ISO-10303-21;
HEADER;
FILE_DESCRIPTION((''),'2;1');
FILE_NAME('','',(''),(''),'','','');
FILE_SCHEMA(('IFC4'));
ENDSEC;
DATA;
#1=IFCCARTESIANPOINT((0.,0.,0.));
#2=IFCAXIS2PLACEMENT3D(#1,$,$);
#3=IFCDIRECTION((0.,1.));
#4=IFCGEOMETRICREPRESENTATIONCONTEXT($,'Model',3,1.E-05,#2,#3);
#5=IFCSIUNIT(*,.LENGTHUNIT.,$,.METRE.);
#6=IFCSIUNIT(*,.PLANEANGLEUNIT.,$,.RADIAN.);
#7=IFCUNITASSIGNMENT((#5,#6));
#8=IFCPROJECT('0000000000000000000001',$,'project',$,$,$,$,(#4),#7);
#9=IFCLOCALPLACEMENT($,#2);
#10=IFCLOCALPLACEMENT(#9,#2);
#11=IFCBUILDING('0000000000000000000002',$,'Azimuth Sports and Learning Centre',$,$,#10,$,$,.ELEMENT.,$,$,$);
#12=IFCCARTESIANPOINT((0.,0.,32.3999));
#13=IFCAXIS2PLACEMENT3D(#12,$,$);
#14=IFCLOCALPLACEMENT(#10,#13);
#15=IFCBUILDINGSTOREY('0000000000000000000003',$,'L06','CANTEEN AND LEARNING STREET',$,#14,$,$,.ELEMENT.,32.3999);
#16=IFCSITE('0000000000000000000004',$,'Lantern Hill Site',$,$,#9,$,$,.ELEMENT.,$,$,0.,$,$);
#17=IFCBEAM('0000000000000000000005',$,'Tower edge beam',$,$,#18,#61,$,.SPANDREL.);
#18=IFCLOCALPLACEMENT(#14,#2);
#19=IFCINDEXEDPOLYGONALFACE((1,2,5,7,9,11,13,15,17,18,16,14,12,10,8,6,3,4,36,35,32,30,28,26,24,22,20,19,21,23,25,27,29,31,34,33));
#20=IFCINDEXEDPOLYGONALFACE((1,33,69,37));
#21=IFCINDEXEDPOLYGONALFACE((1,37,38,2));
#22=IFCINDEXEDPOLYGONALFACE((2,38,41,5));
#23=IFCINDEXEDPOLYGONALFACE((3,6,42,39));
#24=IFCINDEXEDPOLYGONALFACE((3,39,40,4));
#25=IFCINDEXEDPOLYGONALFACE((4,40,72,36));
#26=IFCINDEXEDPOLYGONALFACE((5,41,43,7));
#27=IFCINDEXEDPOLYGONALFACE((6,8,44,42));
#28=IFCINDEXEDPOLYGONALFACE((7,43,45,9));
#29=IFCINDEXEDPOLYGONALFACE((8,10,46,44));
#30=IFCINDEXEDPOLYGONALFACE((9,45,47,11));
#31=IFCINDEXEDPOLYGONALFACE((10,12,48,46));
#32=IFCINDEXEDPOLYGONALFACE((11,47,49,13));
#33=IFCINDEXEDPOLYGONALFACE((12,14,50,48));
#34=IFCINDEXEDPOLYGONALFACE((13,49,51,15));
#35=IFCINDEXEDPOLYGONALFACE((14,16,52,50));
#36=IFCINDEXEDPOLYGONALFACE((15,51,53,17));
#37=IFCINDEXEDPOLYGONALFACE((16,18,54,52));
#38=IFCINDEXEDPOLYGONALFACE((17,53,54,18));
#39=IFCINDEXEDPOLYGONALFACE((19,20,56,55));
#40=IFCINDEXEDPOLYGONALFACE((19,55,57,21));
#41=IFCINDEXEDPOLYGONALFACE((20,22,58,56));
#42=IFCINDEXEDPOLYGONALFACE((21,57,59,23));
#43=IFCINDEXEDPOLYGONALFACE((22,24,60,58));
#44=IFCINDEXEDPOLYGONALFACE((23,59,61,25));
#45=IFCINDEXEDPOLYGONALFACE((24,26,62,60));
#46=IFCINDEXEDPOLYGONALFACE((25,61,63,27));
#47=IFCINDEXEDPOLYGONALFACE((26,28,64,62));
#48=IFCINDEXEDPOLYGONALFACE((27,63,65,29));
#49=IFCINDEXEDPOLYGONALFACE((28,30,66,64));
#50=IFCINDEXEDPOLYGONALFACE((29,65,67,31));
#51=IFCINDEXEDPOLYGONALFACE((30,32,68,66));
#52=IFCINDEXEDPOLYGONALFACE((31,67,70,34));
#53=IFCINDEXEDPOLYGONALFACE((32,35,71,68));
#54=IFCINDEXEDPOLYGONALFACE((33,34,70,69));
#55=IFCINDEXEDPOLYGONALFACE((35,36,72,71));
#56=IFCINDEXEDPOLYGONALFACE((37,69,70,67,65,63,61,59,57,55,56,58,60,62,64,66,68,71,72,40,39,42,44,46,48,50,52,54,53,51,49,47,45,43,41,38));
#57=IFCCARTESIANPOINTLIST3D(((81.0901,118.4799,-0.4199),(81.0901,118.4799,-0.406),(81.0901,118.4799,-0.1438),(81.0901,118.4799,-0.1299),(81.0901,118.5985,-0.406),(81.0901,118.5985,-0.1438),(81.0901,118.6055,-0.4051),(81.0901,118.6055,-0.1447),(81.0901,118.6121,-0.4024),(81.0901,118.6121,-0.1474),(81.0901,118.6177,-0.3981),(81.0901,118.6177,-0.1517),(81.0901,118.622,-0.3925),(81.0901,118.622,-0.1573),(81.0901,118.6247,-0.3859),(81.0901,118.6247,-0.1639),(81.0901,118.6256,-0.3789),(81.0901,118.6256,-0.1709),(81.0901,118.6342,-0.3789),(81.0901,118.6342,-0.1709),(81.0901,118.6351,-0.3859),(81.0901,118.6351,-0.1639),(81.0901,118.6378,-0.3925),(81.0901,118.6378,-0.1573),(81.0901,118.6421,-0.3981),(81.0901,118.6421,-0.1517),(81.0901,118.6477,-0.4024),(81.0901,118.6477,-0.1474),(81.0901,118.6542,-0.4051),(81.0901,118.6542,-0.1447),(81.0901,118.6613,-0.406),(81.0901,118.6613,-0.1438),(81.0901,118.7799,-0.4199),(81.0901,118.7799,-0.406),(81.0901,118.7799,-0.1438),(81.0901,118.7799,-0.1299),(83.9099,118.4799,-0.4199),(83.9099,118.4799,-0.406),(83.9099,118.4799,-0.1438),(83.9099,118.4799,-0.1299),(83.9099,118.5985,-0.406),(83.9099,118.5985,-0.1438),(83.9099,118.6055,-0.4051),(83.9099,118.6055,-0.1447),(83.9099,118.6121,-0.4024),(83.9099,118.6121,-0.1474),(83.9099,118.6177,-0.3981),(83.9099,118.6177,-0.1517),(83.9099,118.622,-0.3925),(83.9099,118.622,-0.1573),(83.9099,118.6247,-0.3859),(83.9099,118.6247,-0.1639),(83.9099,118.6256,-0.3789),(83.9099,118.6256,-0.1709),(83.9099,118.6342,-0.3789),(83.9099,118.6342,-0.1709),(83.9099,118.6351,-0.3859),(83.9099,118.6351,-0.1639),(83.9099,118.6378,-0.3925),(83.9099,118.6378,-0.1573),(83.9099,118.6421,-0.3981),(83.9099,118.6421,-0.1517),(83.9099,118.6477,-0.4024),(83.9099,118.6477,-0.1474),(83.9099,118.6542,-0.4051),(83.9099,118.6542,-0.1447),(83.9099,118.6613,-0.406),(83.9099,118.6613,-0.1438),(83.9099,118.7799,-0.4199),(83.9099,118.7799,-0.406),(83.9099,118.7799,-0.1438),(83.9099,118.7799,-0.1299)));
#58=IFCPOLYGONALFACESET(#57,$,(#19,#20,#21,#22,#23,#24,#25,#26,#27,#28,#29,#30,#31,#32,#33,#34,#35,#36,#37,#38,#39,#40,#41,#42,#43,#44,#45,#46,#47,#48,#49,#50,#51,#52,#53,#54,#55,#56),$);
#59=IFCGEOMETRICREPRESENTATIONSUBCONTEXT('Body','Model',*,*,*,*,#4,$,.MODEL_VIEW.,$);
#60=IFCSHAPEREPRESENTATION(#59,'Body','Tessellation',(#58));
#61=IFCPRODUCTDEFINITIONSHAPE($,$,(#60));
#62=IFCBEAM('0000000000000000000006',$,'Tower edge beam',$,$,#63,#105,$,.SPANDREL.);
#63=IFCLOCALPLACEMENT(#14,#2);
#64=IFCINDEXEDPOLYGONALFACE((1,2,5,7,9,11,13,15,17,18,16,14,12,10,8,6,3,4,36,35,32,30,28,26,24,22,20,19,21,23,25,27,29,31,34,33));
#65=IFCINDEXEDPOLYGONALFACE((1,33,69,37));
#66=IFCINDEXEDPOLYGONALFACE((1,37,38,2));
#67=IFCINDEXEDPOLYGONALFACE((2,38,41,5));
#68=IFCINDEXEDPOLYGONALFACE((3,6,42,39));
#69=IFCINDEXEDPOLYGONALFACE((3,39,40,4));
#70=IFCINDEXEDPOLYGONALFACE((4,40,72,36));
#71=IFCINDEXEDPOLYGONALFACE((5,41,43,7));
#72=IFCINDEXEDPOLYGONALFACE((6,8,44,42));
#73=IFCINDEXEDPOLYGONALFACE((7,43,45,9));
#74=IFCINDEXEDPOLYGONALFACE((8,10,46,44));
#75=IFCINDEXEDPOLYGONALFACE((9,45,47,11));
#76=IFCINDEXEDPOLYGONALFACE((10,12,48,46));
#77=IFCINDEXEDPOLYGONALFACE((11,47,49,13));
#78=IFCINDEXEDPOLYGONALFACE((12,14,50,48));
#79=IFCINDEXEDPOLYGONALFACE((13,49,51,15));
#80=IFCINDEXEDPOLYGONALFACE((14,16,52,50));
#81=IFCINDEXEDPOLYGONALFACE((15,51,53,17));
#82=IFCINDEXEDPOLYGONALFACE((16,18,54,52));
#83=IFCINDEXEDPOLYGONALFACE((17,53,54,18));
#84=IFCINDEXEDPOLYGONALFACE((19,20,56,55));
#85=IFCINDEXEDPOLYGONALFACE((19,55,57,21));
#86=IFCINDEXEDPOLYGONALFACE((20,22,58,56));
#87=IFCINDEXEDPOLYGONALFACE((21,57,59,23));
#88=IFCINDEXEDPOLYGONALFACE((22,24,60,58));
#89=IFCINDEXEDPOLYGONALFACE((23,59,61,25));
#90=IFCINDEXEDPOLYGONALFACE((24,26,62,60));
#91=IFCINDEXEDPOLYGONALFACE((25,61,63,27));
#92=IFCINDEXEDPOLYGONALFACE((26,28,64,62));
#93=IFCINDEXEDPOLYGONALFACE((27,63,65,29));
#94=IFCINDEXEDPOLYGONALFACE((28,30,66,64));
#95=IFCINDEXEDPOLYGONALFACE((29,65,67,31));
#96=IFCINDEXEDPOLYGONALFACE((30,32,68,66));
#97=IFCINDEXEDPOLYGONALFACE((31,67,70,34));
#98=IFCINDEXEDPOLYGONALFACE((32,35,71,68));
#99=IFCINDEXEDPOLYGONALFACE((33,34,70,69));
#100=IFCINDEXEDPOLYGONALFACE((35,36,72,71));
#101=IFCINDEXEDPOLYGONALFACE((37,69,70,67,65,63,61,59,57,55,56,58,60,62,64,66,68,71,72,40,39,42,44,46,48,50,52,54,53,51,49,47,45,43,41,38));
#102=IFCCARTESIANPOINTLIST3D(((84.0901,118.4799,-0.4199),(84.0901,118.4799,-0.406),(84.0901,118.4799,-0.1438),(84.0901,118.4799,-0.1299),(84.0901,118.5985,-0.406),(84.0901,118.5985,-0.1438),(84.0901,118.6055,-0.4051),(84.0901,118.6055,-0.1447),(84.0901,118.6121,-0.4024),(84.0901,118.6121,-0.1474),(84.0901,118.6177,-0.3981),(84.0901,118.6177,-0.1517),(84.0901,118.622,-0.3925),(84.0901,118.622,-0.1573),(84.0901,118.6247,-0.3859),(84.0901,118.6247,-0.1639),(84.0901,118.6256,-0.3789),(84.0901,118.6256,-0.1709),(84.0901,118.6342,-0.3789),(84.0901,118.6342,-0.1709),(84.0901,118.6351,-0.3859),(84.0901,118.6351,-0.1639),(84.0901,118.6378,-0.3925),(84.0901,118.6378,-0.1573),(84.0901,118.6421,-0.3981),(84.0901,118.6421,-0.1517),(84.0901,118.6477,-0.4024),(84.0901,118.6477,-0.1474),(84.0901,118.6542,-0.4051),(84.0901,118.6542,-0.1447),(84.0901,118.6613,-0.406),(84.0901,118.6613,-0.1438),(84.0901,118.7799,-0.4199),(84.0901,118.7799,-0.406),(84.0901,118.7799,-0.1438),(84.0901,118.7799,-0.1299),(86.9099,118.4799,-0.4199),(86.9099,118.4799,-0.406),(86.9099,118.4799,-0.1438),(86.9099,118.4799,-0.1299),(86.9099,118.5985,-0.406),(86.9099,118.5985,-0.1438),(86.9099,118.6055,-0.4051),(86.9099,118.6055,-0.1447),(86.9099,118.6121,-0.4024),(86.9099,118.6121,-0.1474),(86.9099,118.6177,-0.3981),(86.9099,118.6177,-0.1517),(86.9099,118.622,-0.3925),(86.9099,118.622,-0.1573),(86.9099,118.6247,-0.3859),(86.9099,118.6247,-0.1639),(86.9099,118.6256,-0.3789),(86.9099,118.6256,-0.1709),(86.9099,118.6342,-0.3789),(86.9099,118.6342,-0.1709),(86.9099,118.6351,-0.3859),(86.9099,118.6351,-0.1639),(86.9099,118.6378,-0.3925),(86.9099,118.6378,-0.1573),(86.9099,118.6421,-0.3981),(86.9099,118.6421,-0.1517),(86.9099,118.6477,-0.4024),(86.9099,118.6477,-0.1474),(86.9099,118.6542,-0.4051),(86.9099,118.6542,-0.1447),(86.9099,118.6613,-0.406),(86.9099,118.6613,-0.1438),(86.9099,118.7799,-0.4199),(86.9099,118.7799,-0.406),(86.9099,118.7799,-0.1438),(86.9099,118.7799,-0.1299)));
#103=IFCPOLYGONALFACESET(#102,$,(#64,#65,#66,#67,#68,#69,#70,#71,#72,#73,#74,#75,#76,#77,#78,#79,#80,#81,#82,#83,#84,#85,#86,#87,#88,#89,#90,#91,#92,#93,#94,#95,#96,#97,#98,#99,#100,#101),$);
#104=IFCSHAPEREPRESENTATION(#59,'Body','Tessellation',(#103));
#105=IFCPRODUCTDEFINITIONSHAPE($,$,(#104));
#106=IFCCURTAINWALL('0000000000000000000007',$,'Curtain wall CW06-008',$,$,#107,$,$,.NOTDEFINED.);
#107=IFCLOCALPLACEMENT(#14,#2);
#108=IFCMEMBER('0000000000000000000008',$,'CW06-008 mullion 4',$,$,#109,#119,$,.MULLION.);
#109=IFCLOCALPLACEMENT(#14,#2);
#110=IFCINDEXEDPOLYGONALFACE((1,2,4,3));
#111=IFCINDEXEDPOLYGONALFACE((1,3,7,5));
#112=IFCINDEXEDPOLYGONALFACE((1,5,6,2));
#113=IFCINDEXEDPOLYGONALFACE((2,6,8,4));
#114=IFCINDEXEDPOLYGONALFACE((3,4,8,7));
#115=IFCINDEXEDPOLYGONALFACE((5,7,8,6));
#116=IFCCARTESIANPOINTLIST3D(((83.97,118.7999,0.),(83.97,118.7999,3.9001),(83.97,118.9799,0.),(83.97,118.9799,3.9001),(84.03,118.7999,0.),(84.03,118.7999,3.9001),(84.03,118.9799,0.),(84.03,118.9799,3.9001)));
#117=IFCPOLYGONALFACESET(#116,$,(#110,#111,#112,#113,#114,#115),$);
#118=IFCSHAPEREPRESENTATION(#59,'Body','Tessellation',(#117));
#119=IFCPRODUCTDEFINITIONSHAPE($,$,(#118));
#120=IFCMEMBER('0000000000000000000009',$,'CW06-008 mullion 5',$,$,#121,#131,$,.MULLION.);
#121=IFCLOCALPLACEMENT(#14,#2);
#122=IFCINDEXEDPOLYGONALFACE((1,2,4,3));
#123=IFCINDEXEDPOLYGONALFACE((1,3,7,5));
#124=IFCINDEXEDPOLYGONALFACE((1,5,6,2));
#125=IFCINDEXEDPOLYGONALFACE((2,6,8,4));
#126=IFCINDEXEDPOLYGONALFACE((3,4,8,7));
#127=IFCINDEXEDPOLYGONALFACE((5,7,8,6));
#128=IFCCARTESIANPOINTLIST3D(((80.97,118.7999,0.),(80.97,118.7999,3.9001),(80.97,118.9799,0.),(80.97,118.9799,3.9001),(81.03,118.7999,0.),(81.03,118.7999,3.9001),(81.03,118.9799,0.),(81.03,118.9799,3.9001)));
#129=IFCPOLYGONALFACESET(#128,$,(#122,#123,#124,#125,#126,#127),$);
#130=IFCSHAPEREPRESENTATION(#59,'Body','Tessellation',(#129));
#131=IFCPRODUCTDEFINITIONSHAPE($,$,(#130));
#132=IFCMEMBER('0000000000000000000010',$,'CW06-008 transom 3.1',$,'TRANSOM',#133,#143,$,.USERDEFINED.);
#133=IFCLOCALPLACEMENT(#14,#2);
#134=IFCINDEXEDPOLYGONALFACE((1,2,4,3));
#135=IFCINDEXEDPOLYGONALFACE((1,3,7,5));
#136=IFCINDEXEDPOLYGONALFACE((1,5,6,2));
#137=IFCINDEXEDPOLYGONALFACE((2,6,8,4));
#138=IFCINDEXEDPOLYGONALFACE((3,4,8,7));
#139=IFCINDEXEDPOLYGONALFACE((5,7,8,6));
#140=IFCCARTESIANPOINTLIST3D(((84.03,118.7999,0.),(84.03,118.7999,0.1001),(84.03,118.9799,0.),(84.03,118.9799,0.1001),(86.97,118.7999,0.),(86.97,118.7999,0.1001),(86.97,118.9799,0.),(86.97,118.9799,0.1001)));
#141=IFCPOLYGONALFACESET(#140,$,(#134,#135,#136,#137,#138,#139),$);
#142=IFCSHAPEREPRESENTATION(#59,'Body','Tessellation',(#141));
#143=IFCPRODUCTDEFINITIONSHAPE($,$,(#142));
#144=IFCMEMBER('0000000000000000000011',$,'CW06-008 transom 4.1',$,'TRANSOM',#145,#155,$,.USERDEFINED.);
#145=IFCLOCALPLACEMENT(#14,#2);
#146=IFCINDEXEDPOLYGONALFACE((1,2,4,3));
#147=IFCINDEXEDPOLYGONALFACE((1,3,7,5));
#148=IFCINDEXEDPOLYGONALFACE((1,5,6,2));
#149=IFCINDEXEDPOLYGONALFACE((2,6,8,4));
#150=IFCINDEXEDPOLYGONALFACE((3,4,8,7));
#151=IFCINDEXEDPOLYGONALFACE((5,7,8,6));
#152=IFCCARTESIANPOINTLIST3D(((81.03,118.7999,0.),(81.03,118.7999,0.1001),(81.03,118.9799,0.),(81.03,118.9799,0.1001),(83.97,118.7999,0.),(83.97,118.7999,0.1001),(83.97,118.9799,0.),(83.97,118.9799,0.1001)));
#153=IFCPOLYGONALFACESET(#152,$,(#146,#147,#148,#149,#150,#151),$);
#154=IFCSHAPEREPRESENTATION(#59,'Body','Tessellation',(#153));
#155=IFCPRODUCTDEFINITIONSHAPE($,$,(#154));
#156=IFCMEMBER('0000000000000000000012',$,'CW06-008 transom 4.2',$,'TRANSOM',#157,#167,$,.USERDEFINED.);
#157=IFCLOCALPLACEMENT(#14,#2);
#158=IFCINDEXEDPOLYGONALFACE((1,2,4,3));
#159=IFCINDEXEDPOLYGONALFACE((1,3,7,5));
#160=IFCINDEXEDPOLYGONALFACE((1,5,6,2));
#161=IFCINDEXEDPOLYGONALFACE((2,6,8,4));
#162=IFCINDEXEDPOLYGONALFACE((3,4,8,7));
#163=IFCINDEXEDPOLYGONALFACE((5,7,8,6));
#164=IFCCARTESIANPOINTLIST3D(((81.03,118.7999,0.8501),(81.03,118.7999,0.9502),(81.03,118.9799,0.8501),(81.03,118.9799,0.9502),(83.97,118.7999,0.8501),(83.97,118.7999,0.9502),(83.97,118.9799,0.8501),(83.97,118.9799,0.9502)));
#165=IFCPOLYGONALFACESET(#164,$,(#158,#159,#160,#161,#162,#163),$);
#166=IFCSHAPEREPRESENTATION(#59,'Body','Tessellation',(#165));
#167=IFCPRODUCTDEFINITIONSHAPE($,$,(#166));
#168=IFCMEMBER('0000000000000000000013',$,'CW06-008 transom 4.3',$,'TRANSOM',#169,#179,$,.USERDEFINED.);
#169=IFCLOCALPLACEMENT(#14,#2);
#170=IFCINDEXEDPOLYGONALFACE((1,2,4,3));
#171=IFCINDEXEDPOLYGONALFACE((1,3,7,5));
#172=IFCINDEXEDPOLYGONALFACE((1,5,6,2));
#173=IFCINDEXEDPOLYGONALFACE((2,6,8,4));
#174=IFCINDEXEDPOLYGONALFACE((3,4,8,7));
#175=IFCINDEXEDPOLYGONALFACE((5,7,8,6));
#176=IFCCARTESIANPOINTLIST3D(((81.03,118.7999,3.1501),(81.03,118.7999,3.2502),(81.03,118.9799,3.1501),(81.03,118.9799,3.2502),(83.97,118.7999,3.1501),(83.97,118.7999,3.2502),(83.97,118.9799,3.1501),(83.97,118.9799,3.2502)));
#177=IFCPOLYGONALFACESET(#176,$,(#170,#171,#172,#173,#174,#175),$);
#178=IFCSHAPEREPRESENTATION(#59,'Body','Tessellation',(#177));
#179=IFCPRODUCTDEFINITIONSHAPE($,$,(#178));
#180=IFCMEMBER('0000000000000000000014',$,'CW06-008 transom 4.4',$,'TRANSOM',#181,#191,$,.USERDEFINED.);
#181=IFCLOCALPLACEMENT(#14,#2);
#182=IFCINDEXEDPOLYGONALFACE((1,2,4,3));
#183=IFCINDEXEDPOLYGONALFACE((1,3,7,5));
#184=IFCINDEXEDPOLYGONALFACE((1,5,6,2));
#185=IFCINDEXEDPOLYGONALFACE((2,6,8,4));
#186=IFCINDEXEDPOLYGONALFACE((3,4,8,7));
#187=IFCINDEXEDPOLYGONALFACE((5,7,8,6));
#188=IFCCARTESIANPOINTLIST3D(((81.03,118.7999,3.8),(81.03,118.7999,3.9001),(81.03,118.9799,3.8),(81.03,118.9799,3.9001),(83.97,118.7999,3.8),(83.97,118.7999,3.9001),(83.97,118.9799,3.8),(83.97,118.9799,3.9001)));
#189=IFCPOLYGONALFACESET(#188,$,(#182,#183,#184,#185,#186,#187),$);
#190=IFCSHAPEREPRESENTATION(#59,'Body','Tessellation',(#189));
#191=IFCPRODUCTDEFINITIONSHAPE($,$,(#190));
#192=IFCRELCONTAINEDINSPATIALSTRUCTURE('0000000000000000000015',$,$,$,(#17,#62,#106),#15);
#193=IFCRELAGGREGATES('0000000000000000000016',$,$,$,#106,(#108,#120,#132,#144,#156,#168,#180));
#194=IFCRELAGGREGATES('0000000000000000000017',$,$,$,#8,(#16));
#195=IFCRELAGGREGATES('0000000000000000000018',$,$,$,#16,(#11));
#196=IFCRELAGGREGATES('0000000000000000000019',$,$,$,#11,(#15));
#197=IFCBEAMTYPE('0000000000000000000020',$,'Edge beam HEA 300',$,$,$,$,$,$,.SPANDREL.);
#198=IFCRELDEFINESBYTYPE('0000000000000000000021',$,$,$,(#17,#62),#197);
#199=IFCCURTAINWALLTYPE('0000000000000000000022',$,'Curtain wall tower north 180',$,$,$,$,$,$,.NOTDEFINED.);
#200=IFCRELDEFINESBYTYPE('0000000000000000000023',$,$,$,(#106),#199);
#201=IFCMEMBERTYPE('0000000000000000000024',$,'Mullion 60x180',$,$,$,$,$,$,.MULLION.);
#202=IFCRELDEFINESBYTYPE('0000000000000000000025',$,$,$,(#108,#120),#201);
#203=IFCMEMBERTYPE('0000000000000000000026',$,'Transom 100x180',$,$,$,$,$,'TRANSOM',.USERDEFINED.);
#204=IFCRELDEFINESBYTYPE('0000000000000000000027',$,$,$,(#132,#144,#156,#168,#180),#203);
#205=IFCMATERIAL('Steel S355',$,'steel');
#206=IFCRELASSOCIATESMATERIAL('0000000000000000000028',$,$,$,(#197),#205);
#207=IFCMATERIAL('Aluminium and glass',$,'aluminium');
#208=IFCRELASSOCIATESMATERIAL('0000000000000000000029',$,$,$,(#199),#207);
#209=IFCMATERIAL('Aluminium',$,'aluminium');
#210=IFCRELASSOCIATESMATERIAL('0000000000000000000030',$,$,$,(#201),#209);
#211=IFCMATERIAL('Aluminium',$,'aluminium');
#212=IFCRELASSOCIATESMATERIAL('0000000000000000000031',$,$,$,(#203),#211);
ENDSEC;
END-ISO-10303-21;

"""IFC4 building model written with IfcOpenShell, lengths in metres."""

from ifc_helpers import new_model, si_unit, direction, frame, origin, origin_2d, place, context, subcontext, project, spatial, rectangle, i_section, extrude, material, material_profile, profile_set, type_object, element, aggregate, save


model = new_model("IFC4")

# Units and contexts
model_context = context("Model", 3, precision=1e-05, world=origin(), true_north=direction((0.0, 1.0)))
body_context = subcontext(model_context, "Body", "Model", "MODEL_VIEW")
ifc_project = project(units=[si_unit("LENGTHUNIT", "METRE"), si_unit("PLANEANGLEUNIT", "RADIAN")], contexts=[model_context])

# Site, building, storey
site_placement = place(None, origin())
site = spatial("IfcSite", under=ifc_project, at=site_placement, Name="Lantern Hill Site", CompositionType="ELEMENT", RefElevation=0.0)
building_placement = place(site_placement, origin())
building = spatial("IfcBuilding", under=site, at=building_placement, Name="Azimuth Sports and Learning Centre", CompositionType="ELEMENT")
storey_placement = place(building_placement, frame((0.0, 0.0, 32.3999)))
storey = spatial("IfcBuildingStorey", under=building, at=storey_placement, Name="L06", Description="CANTEEN AND LEARNING STREET", CompositionType="ELEMENT", Elevation=32.3999)

# Beams
ifc_material_1 = material(Name="Steel S355", Category="steel")
ifc_material_profile_1 = material_profile(ifc_material_1, i_section(OverallWidth=0.3, OverallDepth=0.29, WebThickness=0.0085, FlangeThickness=0.0139, FilletRadius=0.0271, at=origin_2d()), Name="HEA 300")
ifc_profile_set_1 = profile_set([ifc_material_profile_1], Name="Steel S355")
beam_type = type_object("IfcBeamType", Name="Edge beam HEA 300", PredefinedType="SPANDREL", material=ifc_profile_set_1)
for number, where, z_axis, x_axis, name in (
    (1, (81.0901, 118.6299, -0.2749), (1.0, 0.0, 0.0), (0.0, 1.0, 0.0), "Tower edge beam"),
    (2, (84.0901, 118.6299, -0.2749), (1.0, 0.0, 0.0), (0.0, 1.0, 0.0), "Tower edge beam"),
):
    element("IfcBeam", number, at=place(storey_placement, frame(where, z_axis=z_axis, x_axis=x_axis)), inside=storey, type_object=beam_type, Name=name, PredefinedType="SPANDREL", context=body_context, shape_type="SweptSolid", body=[
        extrude(i_section(OverallWidth=0.3, OverallDepth=0.29, WebThickness=0.0085, FlangeThickness=0.0139, FilletRadius=0.0271, at=origin_2d()), origin(), (0.0, 0.0, 1.0), 2.8198),
    ])

# Curtain wall, members
ifc_material_2 = material(Name="Aluminium and glass", Category="aluminium")
curtain_wall_type = type_object("IfcCurtainWallType", Name="Curtain wall tower north 180", PredefinedType="NOTDEFINED", material=ifc_material_2)
curtain_wall_placement = place(storey_placement, origin())
curtain_wall = element("IfcCurtainWall", 3, at=curtain_wall_placement, inside=storey, type_object=curtain_wall_type, Name="Curtain wall CW06-008", PredefinedType="NOTDEFINED")
ifc_material_3 = material(Name="Aluminium", Category="aluminium")
ifc_material_profile_2 = material_profile(ifc_material_3, rectangle(XDim=0.1799, YDim=0.0601, at=origin_2d()), Name="Mullion 60x180")
ifc_profile_set_2 = profile_set([ifc_material_profile_2], Name="Aluminium")
member_type_1 = type_object("IfcMemberType", Name="Mullion 60x180", PredefinedType="MULLION", material=ifc_profile_set_2)
member_1_placement = place(storey_placement, frame((84.0, 118.8899, 0.0), z_axis=(0.0, 0.0, 1.0), x_axis=(0.0, -1.0, 0.0)))
member_1 = element("IfcMember", 4, at=member_1_placement, type_object=member_type_1, Name="CW06-008 mullion 4", PredefinedType="MULLION", context=body_context, shape_type="SweptSolid", body=[
    extrude(rectangle(XDim=0.1799, YDim=0.0601, at=origin_2d()), origin(), (0.0, 0.0, 1.0), 3.9001),
])
member_2_placement = place(storey_placement, frame((81.0, 118.8899, 0.0), z_axis=(0.0, 0.0, 1.0), x_axis=(0.0, -1.0, 0.0)))
member_2 = element("IfcMember", 5, at=member_2_placement, type_object=member_type_1, Name="CW06-008 mullion 5", PredefinedType="MULLION", context=body_context, shape_type="SweptSolid", body=[
    extrude(rectangle(XDim=0.1799, YDim=0.0601, at=origin_2d()), origin(), (0.0, 0.0, 1.0), 3.9001),
])
ifc_material_4 = material(Name="Aluminium", Category="aluminium")
ifc_material_profile_3 = material_profile(ifc_material_4, rectangle(XDim=0.1799, YDim=0.1001, at=origin_2d()), Name="Transom 100x180")
ifc_profile_set_3 = profile_set([ifc_material_profile_3], Name="Aluminium")
member_type_2 = type_object("IfcMemberType", Name="Transom 100x180", ElementType="TRANSOM", PredefinedType="USERDEFINED", material=ifc_profile_set_3)
member_3_placement = place(storey_placement, frame((86.97, 118.8899, 0.05), z_axis=(-1.0, 0.0, 0.0), x_axis=(0.0, -1.0, 0.0)))
member_3 = element("IfcMember", 6, at=member_3_placement, type_object=member_type_2, Name="CW06-008 transom 3.1", ObjectType="TRANSOM", PredefinedType="USERDEFINED", context=body_context, shape_type="SweptSolid", body=[
    extrude(rectangle(XDim=0.1799, YDim=0.1001, at=origin_2d()), origin(), (0.0, 0.0, 1.0), 2.9399),
])
member_4_placement = place(storey_placement, frame((83.97, 118.8899, 0.05), z_axis=(-1.0, 0.0, 0.0), x_axis=(0.0, -1.0, 0.0)))
member_4 = element("IfcMember", 7, at=member_4_placement, type_object=member_type_2, Name="CW06-008 transom 4.1", ObjectType="TRANSOM", PredefinedType="USERDEFINED", context=body_context, shape_type="SweptSolid", body=[
    extrude(rectangle(XDim=0.1799, YDim=0.1001, at=origin_2d()), origin(), (0.0, 0.0, 1.0), 2.9399),
])
member_5_placement = place(storey_placement, frame((83.97, 118.8899, 0.9001), z_axis=(-1.0, 0.0, 0.0), x_axis=(0.0, -1.0, 0.0)))
member_5 = element("IfcMember", 8, at=member_5_placement, type_object=member_type_2, Name="CW06-008 transom 4.2", ObjectType="TRANSOM", PredefinedType="USERDEFINED", context=body_context, shape_type="SweptSolid", body=[
    extrude(rectangle(XDim=0.1799, YDim=0.1001, at=origin_2d()), origin(), (0.0, 0.0, 1.0), 2.9399),
])
member_6_placement = place(storey_placement, frame((83.97, 118.8899, 3.2002), z_axis=(-1.0, 0.0, 0.0), x_axis=(0.0, -1.0, 0.0)))
member_6 = element("IfcMember", 9, at=member_6_placement, type_object=member_type_2, Name="CW06-008 transom 4.3", ObjectType="TRANSOM", PredefinedType="USERDEFINED", context=body_context, shape_type="SweptSolid", body=[
    extrude(rectangle(XDim=0.1799, YDim=0.1001, at=origin_2d()), origin(), (0.0, 0.0, 1.0), 2.9399),
])
member_7_placement = place(storey_placement, frame((83.97, 118.8899, 3.8501), z_axis=(-1.0, 0.0, 0.0), x_axis=(0.0, -1.0, 0.0)))
member_7 = element("IfcMember", 10, at=member_7_placement, type_object=member_type_2, Name="CW06-008 transom 4.4", ObjectType="TRANSOM", PredefinedType="USERDEFINED", context=body_context, shape_type="SweptSolid", body=[
    extrude(rectangle(XDim=0.1799, YDim=0.1001, at=origin_2d()), origin(), (0.0, 0.0, 1.0), 2.9399),
])
aggregate(curtain_wall, [member_1, member_2, member_3, member_4, member_5, member_6, member_7])

save(model, "model.ifc")
